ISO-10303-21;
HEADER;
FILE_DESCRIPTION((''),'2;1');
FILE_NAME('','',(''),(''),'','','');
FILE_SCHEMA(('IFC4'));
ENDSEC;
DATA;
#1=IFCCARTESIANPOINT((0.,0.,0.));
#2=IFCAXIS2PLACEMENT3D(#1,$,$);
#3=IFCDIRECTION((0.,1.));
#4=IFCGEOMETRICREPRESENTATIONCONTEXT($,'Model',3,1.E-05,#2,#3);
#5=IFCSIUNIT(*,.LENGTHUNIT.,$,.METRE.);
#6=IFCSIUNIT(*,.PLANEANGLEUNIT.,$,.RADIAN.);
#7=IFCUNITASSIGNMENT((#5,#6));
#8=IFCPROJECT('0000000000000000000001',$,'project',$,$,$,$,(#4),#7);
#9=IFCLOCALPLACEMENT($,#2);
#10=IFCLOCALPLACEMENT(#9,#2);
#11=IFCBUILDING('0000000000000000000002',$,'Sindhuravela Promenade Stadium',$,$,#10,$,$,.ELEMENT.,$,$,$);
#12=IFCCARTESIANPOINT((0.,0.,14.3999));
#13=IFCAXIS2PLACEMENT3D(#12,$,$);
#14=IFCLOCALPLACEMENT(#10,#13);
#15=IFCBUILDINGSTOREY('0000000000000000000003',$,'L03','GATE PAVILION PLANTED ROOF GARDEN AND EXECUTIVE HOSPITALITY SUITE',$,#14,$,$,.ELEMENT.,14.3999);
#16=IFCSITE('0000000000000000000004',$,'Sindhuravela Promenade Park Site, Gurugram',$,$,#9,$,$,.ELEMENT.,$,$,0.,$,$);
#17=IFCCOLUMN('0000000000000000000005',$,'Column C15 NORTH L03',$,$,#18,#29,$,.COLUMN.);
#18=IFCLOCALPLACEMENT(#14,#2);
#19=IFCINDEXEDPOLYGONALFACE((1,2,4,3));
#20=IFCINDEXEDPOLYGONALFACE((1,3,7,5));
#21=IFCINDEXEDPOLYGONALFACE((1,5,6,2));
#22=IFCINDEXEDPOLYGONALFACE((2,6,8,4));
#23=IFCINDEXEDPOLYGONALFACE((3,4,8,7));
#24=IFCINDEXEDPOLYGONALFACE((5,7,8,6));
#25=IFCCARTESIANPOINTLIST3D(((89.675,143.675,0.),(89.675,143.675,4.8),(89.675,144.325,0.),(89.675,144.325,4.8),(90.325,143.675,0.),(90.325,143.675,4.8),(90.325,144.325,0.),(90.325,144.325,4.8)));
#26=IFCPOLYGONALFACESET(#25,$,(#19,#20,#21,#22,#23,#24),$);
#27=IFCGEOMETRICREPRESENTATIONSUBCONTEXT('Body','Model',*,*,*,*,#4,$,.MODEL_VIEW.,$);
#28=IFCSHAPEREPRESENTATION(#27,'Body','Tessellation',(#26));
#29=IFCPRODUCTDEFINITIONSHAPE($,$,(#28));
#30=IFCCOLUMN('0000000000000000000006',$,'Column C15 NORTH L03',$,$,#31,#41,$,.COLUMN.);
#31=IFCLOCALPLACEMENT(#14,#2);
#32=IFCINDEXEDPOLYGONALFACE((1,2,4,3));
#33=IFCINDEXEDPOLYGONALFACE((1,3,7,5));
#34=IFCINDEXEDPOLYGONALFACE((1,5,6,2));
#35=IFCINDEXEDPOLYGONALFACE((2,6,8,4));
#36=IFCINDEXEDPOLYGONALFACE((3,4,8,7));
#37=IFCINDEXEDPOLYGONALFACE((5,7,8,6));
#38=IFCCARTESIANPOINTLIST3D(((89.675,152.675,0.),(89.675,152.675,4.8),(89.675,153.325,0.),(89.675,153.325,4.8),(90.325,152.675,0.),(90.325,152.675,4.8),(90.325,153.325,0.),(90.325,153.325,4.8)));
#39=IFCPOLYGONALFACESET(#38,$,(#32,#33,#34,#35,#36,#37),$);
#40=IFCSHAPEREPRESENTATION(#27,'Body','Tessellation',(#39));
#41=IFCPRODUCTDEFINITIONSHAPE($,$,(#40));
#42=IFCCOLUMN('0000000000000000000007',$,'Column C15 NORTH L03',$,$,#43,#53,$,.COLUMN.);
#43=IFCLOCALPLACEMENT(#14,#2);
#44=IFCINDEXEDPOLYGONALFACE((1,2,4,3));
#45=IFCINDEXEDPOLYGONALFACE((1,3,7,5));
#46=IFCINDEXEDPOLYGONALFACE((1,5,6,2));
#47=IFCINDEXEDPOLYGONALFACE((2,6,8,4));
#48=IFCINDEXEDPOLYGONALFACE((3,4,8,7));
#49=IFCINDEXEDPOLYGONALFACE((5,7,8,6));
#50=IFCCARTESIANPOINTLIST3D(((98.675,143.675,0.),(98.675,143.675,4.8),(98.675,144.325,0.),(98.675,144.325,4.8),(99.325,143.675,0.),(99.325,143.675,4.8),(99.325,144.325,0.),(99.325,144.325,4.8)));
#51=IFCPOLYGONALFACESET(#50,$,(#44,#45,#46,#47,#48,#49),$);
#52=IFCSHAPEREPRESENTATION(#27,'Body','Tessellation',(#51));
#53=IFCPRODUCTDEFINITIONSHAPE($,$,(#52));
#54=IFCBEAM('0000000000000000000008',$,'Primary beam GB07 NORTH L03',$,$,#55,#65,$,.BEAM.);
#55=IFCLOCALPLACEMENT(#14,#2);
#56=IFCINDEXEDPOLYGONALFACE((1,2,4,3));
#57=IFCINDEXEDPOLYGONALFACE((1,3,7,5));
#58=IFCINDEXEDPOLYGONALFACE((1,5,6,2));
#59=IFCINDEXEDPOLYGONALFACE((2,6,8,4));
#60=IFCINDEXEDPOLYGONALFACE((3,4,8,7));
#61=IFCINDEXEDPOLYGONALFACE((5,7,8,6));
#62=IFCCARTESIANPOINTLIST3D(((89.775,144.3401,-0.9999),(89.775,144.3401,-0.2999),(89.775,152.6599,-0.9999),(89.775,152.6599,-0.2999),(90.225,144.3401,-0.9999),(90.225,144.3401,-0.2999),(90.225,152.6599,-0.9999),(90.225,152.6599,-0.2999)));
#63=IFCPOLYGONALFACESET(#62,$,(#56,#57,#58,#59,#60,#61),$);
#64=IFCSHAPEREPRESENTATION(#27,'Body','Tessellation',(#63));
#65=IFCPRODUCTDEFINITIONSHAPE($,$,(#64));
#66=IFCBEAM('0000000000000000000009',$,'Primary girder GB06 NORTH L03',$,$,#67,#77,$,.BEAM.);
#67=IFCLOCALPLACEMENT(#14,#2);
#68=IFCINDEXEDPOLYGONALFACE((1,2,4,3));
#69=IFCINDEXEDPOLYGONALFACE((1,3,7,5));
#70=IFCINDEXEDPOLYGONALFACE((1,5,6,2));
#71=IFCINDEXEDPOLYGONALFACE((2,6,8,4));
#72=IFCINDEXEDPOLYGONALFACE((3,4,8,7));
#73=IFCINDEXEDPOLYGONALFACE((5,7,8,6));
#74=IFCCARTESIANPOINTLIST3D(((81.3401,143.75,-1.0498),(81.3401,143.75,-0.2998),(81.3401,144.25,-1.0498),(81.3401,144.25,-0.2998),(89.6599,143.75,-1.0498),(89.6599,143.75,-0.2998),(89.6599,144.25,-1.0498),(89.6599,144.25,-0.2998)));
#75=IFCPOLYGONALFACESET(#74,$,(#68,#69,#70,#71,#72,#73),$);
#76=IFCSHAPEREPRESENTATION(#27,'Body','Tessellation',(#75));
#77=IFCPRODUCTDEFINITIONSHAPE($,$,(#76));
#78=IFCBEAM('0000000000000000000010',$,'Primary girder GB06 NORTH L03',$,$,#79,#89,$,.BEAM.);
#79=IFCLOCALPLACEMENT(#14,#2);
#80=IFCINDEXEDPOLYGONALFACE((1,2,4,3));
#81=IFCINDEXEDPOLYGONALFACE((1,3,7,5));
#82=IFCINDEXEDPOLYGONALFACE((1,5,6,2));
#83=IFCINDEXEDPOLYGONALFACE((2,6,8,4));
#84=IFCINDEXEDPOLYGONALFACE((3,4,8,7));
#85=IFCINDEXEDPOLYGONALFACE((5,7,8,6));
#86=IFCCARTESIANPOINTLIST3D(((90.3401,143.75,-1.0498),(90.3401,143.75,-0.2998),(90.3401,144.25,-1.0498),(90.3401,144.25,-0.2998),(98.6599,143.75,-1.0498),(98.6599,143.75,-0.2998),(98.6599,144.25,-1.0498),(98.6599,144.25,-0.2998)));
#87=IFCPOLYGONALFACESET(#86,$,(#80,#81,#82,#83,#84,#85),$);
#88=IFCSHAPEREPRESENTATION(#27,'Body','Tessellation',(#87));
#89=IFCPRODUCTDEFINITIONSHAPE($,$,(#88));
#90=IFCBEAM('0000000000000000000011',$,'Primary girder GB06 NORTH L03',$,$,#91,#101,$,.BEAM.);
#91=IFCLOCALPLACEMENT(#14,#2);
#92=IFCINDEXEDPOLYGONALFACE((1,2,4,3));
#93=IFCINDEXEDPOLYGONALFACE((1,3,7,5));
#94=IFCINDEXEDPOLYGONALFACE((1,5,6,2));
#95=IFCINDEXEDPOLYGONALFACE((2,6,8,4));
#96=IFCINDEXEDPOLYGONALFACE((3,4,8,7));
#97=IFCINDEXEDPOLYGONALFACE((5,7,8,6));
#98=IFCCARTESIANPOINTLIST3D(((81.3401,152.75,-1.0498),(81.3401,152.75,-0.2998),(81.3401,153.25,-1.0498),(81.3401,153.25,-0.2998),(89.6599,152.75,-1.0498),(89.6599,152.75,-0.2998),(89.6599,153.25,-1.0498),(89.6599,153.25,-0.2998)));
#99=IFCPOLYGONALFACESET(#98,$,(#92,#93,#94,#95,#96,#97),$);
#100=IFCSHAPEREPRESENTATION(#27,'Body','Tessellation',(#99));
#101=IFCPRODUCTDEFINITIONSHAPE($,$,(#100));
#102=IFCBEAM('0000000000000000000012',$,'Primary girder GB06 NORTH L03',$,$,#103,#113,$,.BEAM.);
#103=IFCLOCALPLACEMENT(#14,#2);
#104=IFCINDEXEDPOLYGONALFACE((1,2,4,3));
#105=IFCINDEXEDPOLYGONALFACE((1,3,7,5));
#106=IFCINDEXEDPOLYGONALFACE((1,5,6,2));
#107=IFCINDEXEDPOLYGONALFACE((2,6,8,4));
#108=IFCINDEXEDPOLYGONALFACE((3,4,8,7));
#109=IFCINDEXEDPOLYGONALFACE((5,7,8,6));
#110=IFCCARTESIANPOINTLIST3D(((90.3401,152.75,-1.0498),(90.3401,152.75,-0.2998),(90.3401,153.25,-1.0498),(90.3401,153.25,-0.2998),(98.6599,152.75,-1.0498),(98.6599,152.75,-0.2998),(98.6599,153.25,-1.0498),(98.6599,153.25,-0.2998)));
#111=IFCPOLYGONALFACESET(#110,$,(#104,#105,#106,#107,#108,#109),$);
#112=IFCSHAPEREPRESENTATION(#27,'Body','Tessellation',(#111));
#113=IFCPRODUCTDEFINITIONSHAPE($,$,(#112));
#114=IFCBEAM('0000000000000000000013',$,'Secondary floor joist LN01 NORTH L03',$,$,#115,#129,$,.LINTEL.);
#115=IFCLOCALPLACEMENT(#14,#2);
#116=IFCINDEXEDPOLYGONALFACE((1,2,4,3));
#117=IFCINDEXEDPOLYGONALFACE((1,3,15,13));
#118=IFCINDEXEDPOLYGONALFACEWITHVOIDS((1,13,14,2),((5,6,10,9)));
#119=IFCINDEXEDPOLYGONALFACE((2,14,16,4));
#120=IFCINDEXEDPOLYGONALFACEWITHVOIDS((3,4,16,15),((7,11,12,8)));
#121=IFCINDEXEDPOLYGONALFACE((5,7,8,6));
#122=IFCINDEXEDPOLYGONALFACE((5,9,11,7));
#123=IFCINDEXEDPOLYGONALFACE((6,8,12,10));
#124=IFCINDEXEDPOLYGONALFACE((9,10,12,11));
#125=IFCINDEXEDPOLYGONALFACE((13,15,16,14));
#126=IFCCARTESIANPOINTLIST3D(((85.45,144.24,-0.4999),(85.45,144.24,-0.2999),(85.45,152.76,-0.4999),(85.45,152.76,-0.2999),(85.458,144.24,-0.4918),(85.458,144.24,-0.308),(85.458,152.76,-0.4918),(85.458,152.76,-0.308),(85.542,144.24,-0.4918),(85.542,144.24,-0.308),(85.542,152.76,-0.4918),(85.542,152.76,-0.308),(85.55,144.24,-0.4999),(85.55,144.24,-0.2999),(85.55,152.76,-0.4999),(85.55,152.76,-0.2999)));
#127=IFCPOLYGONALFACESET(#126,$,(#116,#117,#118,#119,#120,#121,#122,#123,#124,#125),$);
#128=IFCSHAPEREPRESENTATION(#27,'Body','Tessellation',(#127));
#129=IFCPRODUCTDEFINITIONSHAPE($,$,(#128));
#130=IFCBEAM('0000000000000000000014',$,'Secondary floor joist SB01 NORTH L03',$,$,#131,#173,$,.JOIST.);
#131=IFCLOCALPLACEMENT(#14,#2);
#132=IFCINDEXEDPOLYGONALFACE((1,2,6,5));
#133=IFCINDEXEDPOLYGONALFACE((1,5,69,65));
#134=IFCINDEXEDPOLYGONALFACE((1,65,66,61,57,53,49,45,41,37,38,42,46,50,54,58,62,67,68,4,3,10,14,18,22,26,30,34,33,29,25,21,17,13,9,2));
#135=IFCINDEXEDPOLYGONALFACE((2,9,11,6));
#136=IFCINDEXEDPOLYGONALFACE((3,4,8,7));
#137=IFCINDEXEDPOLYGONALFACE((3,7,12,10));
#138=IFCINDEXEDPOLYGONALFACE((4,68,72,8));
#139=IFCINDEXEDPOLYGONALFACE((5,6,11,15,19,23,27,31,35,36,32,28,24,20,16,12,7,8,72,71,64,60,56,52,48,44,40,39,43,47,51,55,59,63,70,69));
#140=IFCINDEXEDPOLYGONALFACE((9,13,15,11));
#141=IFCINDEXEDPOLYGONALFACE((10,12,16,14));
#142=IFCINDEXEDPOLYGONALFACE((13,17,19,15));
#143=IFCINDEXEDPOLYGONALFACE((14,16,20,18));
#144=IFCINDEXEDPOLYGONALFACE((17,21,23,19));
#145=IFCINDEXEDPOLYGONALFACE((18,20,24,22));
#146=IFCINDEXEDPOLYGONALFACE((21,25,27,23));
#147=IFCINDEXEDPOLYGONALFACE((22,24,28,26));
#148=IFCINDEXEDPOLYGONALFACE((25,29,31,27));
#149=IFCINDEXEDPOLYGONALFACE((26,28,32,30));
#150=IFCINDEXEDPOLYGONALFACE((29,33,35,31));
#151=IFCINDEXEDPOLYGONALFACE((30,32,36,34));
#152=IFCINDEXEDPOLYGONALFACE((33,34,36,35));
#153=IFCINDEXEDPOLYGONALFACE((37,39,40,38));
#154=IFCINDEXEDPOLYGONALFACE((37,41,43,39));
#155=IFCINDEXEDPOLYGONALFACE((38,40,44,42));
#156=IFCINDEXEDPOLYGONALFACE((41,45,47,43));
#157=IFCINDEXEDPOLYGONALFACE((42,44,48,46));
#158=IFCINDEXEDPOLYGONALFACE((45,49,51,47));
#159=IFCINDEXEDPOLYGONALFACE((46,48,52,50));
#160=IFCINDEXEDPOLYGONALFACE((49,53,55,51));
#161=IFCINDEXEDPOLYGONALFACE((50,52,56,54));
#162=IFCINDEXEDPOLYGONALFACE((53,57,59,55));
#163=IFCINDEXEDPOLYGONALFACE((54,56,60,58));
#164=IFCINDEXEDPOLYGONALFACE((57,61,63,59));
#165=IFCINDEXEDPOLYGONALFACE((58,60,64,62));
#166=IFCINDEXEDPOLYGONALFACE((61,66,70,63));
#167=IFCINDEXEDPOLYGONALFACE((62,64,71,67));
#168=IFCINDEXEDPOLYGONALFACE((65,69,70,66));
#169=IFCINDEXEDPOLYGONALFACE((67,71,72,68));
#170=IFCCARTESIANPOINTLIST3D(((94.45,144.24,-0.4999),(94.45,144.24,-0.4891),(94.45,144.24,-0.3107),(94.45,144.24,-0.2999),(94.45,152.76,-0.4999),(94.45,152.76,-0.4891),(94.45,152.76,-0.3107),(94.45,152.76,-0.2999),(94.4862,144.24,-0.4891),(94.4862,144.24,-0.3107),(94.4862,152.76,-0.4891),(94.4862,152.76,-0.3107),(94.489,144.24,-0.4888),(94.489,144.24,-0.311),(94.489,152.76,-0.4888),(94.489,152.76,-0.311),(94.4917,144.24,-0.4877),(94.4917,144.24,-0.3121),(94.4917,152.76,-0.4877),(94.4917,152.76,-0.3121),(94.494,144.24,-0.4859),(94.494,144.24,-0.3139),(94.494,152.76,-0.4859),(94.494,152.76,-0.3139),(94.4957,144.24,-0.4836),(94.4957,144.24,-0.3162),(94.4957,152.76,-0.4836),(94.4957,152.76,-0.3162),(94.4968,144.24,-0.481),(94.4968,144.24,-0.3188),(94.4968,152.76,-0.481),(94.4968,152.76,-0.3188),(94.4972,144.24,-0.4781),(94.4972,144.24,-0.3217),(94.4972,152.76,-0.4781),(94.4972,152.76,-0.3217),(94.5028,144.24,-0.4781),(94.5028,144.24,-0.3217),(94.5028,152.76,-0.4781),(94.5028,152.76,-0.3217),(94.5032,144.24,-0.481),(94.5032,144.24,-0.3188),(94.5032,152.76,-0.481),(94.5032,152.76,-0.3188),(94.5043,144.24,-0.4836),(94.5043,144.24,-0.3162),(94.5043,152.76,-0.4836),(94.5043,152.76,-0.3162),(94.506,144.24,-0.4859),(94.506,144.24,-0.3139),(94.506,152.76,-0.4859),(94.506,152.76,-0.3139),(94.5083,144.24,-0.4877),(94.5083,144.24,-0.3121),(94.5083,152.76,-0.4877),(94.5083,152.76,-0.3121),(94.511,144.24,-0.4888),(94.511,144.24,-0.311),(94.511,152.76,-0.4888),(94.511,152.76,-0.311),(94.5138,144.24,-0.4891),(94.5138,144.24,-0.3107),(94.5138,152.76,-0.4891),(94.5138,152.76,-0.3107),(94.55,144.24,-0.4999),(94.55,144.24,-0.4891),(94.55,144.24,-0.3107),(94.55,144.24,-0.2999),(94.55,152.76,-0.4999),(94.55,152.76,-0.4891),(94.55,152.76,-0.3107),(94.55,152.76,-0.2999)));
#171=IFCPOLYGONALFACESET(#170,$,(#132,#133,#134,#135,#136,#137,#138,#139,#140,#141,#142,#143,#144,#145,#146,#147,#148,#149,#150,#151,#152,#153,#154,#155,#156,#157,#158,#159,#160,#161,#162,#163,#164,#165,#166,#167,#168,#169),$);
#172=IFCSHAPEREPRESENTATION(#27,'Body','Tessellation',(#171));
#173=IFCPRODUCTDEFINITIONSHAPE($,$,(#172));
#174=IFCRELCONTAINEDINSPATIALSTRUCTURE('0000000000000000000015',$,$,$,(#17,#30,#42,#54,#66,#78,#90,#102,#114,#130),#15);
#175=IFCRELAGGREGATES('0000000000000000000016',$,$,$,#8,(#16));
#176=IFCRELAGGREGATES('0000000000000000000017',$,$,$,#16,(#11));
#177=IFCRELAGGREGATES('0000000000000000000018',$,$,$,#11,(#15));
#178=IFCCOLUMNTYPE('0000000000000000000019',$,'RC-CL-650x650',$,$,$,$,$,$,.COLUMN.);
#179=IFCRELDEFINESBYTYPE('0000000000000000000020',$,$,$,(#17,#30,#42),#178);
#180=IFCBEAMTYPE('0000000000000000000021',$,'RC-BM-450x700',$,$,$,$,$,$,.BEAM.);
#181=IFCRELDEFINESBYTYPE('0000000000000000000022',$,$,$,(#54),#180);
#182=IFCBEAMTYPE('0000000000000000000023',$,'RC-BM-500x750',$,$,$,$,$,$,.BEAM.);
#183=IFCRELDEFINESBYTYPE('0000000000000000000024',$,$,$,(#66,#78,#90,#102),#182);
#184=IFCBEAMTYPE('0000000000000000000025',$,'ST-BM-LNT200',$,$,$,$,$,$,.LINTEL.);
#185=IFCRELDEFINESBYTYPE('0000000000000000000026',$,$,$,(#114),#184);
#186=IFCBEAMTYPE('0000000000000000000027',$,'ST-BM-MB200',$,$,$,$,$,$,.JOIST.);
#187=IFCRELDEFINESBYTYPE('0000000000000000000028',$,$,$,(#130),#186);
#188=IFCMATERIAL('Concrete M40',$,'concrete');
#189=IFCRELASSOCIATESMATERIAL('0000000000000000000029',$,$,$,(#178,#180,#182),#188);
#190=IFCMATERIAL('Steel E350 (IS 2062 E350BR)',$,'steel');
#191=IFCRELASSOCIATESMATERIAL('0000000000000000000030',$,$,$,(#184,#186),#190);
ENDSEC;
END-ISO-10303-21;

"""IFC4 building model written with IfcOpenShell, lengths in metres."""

from ifc_helpers import new_model, si_unit, direction, frame, origin, origin_2d, place, context, subcontext, project, spatial, rectangle, hollow_rectangle, i_section, extrude, material, material_profile, profile_set, type_object, element, save


model = new_model("IFC4")

# Units and contexts
model_context = context("Model", 3, precision=1e-05, world=origin(), true_north=direction((0.0, 1.0)))
body_context = subcontext(model_context, "Body", "Model", "MODEL_VIEW")
ifc_project = project(units=[si_unit("LENGTHUNIT", "METRE"), si_unit("PLANEANGLEUNIT", "RADIAN")], contexts=[model_context])

# Site, building, storey
site_placement = place(None, origin())
site = spatial("IfcSite", under=ifc_project, at=site_placement, Name="Sindhuravela Promenade Park Site, Gurugram", CompositionType="ELEMENT", RefElevation=0.0)
building_placement = place(site_placement, origin())
building = spatial("IfcBuilding", under=site, at=building_placement, Name="Sindhuravela Promenade Stadium", CompositionType="ELEMENT")
storey_placement = place(building_placement, frame((0.0, 0.0, 14.3999)))
storey = spatial("IfcBuildingStorey", under=building, at=storey_placement, Name="L03", Description="GATE PAVILION PLANTED ROOF GARDEN AND EXECUTIVE HOSPITALITY SUITE", CompositionType="ELEMENT", Elevation=14.3999)

# Columns
ifc_material_1 = material(Name="Concrete M40", Category="concrete")
ifc_material_profile_1 = material_profile(ifc_material_1, rectangle(XDim=0.6499, YDim=0.6499, at=origin_2d()), Name="RC 650x650")
ifc_profile_set_1 = profile_set([ifc_material_profile_1], Name="Concrete M40")
column_type = type_object("IfcColumnType", Name="RC-CL-650x650", PredefinedType="COLUMN", material=ifc_profile_set_1)
for number, where, z_axis, x_axis, name in (
    (1, (90.0, 144.0, 0.0), (0.0, 0.0, 1.0), (1.0, 0.0, 0.0), "Column C15 NORTH L03"),
    (2, (90.0, 153.0, 0.0), (0.0, 0.0, 1.0), (1.0, 0.0, 0.0), "Column C15 NORTH L03"),
    (3, (99.0, 144.0, 0.0), (0.0, 0.0, 1.0), (1.0, 0.0, 0.0), "Column C15 NORTH L03"),
):
    element("IfcColumn", number, at=place(storey_placement, frame(where, z_axis=z_axis, x_axis=x_axis)), inside=storey, type_object=column_type, Name=name, PredefinedType="COLUMN", context=body_context, shape_type="SweptSolid", body=[
        extrude(rectangle(XDim=0.6499, YDim=0.6499, at=origin_2d()), origin(), (0.0, 0.0, 1.0), 4.8),
    ])

# Beams
ifc_material_profile_2 = material_profile(ifc_material_1, rectangle(XDim=0.45, YDim=0.7, at=origin_2d()), Name="RC 450x700")
ifc_profile_set_2 = profile_set([ifc_material_profile_2], Name="Concrete M40")
beam_type_1 = type_object("IfcBeamType", Name="RC-BM-450x700", PredefinedType="BEAM", material=ifc_profile_set_2)
beam_1_placement = place(storey_placement, frame((90.0, 144.3401, -0.6499), z_axis=(0.0, 1.0, 0.0), x_axis=(-1.0, 0.0, 0.0)))
element("IfcBeam", 4, at=beam_1_placement, inside=storey, type_object=beam_type_1, Name="Primary beam GB07 NORTH L03", PredefinedType="BEAM", context=body_context, shape_type="SweptSolid", body=[
    extrude(rectangle(XDim=0.45, YDim=0.7, at=origin_2d()), origin(), (0.0, 0.0, 1.0), 8.3198),
])
ifc_material_profile_3 = material_profile(ifc_material_1, rectangle(XDim=0.5, YDim=0.75, at=origin_2d()), Name="RC 500x750")
ifc_profile_set_3 = profile_set([ifc_material_profile_3], Name="Concrete M40")
beam_type_2 = type_object("IfcBeamType", Name="RC-BM-500x750", PredefinedType="BEAM", material=ifc_profile_set_3)
for number, where, z_axis, x_axis, name in (
    (5, (81.3401, 144.0, -0.6748), (1.0, 0.0, 0.0), (0.0, 1.0, 0.0), "Primary girder GB06 NORTH L03"),
    (6, (90.3401, 144.0, -0.6748), (1.0, 0.0, 0.0), (0.0, 1.0, 0.0), "Primary girder GB06 NORTH L03"),
    (7, (81.3401, 153.0, -0.6748), (1.0, 0.0, 0.0), (0.0, 1.0, 0.0), "Primary girder GB06 NORTH L03"),
    (8, (90.3401, 153.0, -0.6748), (1.0, 0.0, 0.0), (0.0, 1.0, 0.0), "Primary girder GB06 NORTH L03"),
):
    element("IfcBeam", number, at=place(storey_placement, frame(where, z_axis=z_axis, x_axis=x_axis)), inside=storey, type_object=beam_type_2, Name=name, PredefinedType="BEAM", context=body_context, shape_type="SweptSolid", body=[
        extrude(rectangle(XDim=0.5, YDim=0.75, at=origin_2d()), origin(), (0.0, 0.0, 1.0), 8.3198),
    ])
ifc_material_2 = material(Name="Steel E350 (IS 2062 E350BR)", Category="steel")
ifc_material_profile_4 = material_profile(ifc_material_2, hollow_rectangle(XDim=0.1001, YDim=0.2, WallThickness=0.0081, at=origin_2d()), Name="RHS 200x100x8")
ifc_profile_set_4 = profile_set([ifc_material_profile_4], Name="Steel E350 (IS 2062 E350BR)")
beam_type_3 = type_object("IfcBeamType", Name="ST-BM-LNT200", PredefinedType="LINTEL", material=ifc_profile_set_4)
beam_2_placement = place(storey_placement, frame((85.5, 144.24, -0.3999), z_axis=(0.0, 1.0, 0.0), x_axis=(-1.0, 0.0, 0.0)))
element("IfcBeam", 9, at=beam_2_placement, inside=storey, type_object=beam_type_3, Name="Secondary floor joist LN01 NORTH L03", PredefinedType="LINTEL", context=body_context, shape_type="SweptSolid", body=[
    extrude(hollow_rectangle(XDim=0.1001, YDim=0.2, WallThickness=0.0081, at=origin_2d()), origin(), (0.0, 0.0, 1.0), 8.52),
])
ifc_material_profile_5 = material_profile(ifc_material_2, i_section(OverallWidth=0.1001, OverallDepth=0.2, WebThickness=0.0056, FlangeThickness=0.0107, FilletRadius=0.011, at=origin_2d()), Name="ISMB 200")
ifc_profile_set_5 = profile_set([ifc_material_profile_5], Name="Steel E350 (IS 2062 E350BR)")
beam_type_4 = type_object("IfcBeamType", Name="ST-BM-MB200", PredefinedType="JOIST", material=ifc_profile_set_5)
beam_3_placement = place(storey_placement, frame((94.5, 144.24, -0.3999), z_axis=(0.0, 1.0, 0.0), x_axis=(-1.0, 0.0, 0.0)))
element("IfcBeam", 10, at=beam_3_placement, inside=storey, type_object=beam_type_4, Name="Secondary floor joist SB01 NORTH L03", PredefinedType="JOIST", context=body_context, shape_type="SweptSolid", body=[
    extrude(i_section(OverallWidth=0.1001, OverallDepth=0.2, WebThickness=0.0056, FlangeThickness=0.0107, FilletRadius=0.011, at=origin_2d()), origin(), (0.0, 0.0, 1.0), 8.52),
])

save(model, "model.ifc")
